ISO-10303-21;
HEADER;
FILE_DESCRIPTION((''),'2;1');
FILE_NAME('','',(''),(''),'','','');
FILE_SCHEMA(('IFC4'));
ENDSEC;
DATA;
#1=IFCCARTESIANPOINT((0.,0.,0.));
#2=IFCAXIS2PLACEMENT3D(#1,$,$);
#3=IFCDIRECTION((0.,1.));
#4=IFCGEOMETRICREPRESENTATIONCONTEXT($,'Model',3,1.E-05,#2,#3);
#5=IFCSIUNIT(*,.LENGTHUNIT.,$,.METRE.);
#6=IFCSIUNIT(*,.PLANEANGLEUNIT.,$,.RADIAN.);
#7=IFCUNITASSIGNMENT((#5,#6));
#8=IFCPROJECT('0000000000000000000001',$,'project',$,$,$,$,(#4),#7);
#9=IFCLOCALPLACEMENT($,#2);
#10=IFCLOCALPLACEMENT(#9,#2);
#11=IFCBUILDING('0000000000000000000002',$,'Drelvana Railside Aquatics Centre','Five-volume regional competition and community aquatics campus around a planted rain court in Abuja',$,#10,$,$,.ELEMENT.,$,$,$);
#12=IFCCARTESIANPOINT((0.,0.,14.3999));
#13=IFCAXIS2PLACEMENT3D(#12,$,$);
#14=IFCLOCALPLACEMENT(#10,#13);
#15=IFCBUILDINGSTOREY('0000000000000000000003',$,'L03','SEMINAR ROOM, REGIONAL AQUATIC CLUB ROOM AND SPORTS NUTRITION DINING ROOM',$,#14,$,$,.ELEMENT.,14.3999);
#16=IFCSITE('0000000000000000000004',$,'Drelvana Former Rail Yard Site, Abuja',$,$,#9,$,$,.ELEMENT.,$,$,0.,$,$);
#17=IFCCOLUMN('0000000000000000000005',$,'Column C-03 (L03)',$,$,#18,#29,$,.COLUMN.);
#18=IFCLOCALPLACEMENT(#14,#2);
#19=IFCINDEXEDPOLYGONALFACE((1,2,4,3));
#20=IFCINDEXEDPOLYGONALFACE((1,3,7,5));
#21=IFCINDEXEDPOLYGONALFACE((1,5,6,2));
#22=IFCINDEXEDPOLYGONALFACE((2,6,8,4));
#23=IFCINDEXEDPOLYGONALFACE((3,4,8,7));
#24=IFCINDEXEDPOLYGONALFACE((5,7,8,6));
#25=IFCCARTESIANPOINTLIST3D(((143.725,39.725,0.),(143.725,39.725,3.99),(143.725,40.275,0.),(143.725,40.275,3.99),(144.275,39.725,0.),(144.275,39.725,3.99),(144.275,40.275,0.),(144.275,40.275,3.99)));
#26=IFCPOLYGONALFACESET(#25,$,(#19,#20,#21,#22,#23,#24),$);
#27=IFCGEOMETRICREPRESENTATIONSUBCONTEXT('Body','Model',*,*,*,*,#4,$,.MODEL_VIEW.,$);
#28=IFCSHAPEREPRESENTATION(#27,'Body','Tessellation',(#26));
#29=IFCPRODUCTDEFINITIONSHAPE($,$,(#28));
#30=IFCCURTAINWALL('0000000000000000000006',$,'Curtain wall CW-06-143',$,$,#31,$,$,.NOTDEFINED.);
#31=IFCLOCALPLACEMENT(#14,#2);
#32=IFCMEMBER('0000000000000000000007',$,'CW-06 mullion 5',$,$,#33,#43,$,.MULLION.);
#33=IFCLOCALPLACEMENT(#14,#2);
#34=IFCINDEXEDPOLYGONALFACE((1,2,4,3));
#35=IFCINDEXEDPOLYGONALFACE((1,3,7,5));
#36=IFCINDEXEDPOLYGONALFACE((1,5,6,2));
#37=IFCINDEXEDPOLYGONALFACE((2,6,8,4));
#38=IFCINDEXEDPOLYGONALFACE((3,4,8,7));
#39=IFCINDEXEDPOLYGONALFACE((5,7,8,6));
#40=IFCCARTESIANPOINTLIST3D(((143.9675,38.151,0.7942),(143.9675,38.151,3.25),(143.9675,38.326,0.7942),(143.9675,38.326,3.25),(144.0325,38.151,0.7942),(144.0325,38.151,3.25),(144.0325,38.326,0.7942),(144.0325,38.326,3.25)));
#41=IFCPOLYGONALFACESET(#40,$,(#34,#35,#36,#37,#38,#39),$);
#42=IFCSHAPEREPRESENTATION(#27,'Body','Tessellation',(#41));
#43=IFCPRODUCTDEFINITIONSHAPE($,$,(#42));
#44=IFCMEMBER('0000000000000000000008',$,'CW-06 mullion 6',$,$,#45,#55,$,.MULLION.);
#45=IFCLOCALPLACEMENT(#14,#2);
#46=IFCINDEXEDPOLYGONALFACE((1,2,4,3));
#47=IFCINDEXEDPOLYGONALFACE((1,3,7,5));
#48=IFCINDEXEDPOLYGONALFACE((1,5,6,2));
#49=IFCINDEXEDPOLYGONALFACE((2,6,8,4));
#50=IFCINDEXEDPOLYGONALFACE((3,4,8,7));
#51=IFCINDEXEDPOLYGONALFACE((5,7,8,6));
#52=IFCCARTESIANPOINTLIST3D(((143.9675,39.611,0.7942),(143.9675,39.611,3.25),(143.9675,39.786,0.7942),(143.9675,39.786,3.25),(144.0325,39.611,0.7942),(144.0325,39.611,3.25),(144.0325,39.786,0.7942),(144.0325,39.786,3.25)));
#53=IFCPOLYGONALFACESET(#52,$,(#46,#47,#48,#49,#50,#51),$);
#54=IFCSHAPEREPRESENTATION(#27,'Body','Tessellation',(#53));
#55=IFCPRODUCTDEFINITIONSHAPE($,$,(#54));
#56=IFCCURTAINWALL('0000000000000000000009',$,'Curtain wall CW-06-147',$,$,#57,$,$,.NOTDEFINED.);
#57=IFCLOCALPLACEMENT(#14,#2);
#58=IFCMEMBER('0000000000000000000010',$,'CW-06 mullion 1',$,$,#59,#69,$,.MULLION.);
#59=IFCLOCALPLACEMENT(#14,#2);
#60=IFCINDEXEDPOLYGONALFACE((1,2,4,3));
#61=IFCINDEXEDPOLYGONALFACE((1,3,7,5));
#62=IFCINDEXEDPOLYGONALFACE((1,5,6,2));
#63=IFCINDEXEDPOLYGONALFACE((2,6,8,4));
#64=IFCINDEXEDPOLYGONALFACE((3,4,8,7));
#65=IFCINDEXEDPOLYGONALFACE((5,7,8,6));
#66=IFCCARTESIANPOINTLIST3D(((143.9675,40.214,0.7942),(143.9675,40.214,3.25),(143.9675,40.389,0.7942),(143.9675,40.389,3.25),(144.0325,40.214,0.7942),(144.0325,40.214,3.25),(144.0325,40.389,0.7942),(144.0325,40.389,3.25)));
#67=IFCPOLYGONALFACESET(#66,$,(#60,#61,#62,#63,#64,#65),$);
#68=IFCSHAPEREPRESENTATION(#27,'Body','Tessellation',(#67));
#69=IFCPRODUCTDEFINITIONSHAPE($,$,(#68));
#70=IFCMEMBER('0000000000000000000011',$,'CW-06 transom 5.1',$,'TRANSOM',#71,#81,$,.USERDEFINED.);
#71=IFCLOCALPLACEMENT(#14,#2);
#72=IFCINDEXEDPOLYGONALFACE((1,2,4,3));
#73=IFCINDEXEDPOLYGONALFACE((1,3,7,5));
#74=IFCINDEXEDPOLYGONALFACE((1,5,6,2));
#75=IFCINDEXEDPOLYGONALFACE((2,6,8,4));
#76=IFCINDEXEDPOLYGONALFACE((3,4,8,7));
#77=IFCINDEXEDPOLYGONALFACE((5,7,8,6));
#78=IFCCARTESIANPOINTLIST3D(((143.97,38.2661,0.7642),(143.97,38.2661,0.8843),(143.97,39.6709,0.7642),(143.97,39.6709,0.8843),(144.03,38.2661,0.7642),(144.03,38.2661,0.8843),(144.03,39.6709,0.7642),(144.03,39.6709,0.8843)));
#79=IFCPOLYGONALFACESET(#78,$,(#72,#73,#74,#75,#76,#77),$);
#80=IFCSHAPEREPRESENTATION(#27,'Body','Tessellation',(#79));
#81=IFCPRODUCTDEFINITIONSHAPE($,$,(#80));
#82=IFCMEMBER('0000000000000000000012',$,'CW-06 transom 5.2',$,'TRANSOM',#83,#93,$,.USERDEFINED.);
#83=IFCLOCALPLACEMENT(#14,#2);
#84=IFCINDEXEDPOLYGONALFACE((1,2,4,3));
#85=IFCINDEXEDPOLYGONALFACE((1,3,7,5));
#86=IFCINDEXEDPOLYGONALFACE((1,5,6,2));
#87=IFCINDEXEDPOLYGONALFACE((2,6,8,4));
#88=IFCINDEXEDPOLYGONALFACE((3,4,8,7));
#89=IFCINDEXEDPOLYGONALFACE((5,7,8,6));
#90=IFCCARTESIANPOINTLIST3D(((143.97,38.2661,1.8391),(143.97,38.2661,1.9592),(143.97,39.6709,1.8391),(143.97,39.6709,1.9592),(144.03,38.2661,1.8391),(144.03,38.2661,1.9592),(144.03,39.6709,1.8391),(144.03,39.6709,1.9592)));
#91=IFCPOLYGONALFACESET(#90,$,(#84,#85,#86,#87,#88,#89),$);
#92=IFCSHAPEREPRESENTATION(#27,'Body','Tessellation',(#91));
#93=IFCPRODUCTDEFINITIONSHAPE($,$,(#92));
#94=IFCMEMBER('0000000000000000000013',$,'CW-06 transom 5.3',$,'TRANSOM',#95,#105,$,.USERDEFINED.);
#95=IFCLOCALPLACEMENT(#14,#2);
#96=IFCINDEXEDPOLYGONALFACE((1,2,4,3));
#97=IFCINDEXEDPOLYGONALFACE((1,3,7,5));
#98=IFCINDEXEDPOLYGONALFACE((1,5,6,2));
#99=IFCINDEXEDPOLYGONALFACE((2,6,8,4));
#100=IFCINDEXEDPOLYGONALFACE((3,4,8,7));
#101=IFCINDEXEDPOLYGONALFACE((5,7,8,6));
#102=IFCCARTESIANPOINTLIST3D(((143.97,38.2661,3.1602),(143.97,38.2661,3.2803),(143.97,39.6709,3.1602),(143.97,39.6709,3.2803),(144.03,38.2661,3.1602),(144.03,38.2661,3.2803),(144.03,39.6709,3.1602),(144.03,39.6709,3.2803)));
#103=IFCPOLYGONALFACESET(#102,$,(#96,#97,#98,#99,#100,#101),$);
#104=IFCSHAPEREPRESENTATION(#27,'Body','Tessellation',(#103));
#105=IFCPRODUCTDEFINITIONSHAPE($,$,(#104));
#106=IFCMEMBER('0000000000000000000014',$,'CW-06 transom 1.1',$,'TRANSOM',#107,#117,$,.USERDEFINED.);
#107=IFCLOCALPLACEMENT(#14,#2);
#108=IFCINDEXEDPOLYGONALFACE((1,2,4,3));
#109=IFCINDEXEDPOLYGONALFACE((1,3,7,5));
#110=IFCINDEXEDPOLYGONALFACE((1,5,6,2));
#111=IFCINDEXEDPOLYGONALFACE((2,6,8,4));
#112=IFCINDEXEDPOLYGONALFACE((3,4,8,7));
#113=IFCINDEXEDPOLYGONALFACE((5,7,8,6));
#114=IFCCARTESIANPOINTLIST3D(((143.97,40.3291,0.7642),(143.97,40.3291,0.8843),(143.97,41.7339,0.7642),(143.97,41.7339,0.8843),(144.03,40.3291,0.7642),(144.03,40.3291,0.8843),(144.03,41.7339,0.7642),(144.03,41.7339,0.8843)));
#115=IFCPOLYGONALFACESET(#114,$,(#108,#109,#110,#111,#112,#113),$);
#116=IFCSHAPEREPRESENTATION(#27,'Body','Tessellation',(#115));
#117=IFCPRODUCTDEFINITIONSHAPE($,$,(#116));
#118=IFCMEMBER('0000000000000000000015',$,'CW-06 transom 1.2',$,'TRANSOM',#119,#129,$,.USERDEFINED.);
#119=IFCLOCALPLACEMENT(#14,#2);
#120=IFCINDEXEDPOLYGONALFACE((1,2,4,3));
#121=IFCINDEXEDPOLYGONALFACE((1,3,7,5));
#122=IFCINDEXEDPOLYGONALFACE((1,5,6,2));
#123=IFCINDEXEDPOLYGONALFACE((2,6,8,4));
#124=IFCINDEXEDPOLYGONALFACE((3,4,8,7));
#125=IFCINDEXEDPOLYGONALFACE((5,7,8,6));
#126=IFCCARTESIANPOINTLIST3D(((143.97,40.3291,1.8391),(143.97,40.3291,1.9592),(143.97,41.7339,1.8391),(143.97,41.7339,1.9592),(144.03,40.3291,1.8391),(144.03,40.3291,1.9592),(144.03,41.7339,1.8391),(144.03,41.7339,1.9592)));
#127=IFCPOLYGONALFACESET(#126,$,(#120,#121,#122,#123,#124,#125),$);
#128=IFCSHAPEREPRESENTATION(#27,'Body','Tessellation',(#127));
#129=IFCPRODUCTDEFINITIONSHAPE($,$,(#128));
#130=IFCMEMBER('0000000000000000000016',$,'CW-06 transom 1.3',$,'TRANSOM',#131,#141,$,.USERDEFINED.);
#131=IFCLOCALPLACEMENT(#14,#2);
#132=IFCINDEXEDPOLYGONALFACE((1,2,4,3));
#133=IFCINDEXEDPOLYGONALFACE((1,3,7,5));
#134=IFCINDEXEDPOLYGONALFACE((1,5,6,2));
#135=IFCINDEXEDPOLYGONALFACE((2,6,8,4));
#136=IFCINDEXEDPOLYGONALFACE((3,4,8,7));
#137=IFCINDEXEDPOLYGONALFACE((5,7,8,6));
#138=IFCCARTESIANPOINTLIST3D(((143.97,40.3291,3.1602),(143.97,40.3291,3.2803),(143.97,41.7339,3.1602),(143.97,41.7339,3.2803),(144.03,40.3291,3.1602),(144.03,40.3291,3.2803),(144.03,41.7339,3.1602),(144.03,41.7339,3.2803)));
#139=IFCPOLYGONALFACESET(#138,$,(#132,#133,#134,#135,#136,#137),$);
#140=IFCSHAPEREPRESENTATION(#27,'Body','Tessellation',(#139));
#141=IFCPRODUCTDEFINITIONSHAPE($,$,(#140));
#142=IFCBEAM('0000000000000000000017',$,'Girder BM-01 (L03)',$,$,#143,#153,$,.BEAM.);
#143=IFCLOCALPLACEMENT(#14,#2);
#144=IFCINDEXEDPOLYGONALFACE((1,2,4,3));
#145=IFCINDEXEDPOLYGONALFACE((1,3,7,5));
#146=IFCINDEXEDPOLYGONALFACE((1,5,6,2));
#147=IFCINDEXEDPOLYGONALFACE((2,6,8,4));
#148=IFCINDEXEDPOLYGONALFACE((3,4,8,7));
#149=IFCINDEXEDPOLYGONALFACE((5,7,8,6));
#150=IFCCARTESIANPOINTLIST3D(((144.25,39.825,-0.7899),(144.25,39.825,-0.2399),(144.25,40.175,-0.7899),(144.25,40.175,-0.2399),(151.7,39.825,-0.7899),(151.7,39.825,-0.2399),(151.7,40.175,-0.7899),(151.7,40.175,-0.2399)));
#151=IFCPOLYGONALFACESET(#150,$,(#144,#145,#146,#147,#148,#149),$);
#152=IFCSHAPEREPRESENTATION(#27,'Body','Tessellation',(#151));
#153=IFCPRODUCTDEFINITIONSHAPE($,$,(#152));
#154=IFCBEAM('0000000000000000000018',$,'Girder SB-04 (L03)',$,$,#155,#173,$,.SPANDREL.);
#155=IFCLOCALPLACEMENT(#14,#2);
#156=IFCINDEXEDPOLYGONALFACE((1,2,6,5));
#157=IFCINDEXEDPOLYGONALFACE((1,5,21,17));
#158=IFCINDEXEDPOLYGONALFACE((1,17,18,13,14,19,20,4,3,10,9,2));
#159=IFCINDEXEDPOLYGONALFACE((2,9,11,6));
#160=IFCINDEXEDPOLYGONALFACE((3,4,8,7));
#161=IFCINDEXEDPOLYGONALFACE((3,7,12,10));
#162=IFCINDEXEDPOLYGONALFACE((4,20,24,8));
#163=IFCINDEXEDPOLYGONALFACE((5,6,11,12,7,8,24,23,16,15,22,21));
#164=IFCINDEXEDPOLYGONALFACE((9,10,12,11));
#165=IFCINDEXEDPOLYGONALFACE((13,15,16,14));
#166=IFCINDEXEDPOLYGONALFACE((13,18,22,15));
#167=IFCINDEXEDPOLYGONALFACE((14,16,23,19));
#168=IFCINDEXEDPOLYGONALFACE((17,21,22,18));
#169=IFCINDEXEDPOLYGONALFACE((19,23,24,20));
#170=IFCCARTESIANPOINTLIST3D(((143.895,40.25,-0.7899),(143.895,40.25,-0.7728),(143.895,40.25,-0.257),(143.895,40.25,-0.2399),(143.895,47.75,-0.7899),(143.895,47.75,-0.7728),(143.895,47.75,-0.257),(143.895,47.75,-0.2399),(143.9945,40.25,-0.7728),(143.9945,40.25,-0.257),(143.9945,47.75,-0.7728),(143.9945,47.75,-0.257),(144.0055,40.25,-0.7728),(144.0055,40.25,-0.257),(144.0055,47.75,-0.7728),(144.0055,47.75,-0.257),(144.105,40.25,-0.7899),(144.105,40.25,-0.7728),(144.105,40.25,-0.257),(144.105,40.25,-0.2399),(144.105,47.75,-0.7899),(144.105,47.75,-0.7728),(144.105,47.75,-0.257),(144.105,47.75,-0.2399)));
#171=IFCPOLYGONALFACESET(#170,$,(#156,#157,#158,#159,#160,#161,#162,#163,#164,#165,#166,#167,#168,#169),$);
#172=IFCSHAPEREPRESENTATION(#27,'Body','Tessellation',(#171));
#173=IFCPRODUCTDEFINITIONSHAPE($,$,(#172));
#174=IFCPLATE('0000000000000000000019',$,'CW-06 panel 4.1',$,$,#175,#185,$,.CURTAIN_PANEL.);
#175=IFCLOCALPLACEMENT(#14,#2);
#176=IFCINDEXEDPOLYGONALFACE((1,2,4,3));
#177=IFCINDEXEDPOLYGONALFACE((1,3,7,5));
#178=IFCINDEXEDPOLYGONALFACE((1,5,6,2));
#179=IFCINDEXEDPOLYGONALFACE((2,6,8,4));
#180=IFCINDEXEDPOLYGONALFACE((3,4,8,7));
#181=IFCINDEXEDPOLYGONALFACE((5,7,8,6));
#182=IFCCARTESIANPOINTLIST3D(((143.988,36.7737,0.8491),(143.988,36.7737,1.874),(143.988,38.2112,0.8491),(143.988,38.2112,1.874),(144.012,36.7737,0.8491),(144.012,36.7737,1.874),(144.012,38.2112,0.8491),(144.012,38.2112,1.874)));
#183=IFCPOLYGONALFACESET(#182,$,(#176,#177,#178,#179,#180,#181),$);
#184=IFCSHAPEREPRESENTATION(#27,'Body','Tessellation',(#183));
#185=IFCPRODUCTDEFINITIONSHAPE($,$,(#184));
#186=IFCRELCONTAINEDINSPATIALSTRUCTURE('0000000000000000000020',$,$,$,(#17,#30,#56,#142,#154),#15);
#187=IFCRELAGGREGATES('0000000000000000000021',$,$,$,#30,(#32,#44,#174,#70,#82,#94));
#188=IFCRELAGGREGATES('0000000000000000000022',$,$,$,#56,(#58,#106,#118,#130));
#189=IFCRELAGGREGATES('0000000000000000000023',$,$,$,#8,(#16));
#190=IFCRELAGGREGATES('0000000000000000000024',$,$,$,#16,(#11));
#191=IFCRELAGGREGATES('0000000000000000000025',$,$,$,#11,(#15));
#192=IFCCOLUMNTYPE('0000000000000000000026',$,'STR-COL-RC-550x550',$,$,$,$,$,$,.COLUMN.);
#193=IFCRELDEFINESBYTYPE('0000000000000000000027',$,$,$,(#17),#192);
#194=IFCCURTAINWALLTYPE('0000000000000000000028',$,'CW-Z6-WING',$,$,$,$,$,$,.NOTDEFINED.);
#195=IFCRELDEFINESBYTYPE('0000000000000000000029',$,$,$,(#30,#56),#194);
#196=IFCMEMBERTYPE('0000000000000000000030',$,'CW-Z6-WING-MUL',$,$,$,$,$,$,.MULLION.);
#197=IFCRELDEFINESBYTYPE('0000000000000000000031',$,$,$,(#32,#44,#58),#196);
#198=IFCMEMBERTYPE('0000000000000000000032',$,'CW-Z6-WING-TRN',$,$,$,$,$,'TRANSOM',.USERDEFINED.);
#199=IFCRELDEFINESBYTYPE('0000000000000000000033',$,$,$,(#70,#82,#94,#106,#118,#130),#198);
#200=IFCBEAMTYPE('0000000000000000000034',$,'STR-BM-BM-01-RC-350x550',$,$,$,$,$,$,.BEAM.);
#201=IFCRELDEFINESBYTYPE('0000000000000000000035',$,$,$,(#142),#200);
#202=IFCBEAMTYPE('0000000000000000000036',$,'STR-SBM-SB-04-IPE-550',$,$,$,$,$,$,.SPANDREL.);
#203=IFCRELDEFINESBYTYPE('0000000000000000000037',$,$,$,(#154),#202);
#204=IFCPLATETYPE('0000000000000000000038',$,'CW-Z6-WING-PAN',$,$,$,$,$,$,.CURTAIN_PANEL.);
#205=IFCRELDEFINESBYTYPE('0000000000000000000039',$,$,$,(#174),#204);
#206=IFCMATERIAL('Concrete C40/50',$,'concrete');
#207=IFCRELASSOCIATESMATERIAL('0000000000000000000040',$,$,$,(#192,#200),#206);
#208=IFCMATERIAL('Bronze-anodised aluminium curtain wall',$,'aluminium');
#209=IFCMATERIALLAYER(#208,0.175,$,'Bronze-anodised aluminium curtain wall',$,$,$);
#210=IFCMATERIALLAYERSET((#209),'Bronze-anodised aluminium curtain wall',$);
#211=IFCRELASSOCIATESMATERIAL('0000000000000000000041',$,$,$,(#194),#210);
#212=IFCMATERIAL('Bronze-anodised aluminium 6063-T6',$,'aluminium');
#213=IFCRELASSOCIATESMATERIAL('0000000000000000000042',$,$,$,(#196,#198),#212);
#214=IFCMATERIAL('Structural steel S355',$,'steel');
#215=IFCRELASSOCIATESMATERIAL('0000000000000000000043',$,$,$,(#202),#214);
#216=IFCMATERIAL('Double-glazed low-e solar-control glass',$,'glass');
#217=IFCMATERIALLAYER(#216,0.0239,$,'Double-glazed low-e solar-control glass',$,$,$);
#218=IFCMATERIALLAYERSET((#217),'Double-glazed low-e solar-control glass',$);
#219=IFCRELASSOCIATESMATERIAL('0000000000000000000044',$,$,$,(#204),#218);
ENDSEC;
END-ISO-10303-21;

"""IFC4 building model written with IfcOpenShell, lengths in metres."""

from ifc_helpers import new_model, si_unit, direction, frame, origin, origin_2d, place, context, subcontext, project, spatial, rectangle, i_section, extrude, material, layer, layer_set, material_profile, profile_set, type_object, element, aggregate, save


model = new_model("IFC4")

# Units and contexts
model_context = context("Model", 3, precision=1e-05, world=origin(), true_north=direction((0.0, 1.0)))
body_context = subcontext(model_context, "Body", "Model", "MODEL_VIEW")
ifc_project = project(units=[si_unit("LENGTHUNIT", "METRE"), si_unit("PLANEANGLEUNIT", "RADIAN")], contexts=[model_context])

# Site, building, storey
site_placement = place(None, origin())
site = spatial("IfcSite", under=ifc_project, at=site_placement, Name="Drelvana Former Rail Yard Site, Abuja", CompositionType="ELEMENT", RefElevation=0.0)
building_placement = place(site_placement, origin())
building = spatial("IfcBuilding", under=site, at=building_placement, Name="Drelvana Railside Aquatics Centre", Description="Five-volume regional competition and community aquatics campus around a planted rain court in Abuja", CompositionType="ELEMENT")
storey_placement = place(building_placement, frame((0.0, 0.0, 14.3999)))
storey = spatial("IfcBuildingStorey", under=building, at=storey_placement, Name="L03", Description="SEMINAR ROOM, REGIONAL AQUATIC CLUB ROOM AND SPORTS NUTRITION DINING ROOM", CompositionType="ELEMENT", Elevation=14.3999)

# Column
ifc_material_1 = material(Name="Concrete C40/50", Category="concrete")
ifc_material_profile_1 = material_profile(ifc_material_1, rectangle(XDim=0.55, YDim=0.55, at=origin_2d()), Name="RC 550x550")
ifc_profile_set_1 = profile_set([ifc_material_profile_1], Name="Concrete C40/50")
column_type = type_object("IfcColumnType", Name="STR-COL-RC-550x550", PredefinedType="COLUMN", material=ifc_profile_set_1)
column_placement = place(storey_placement, frame((144.0, 40.0, 0.0), z_axis=(0.0, 0.0, 1.0), x_axis=(1.0, 0.0, 0.0)))
element("IfcColumn", 1, at=column_placement, inside=storey, type_object=column_type, Name="Column C-03 (L03)", PredefinedType="COLUMN", context=body_context, shape_type="SweptSolid", body=[
    extrude(rectangle(XDim=0.55, YDim=0.55, at=origin_2d()), origin(), (0.0, 0.0, 1.0), 3.99),
])

# Curtain wall, members
ifc_material_2 = material(Name="Bronze-anodised aluminium curtain wall", Category="aluminium")
ifc_layer_1 = layer(ifc_material_2, 0.175, Name="Bronze-anodised aluminium curtain wall")
ifc_layer_set_1 = layer_set([ifc_layer_1], Name="Bronze-anodised aluminium curtain wall")
curtain_wall_type = type_object("IfcCurtainWallType", Name="CW-Z6-WING", PredefinedType="NOTDEFINED", material=ifc_layer_set_1)
curtain_wall_1_placement = place(storey_placement, origin())
curtain_wall_1 = element("IfcCurtainWall", 2, at=curtain_wall_1_placement, inside=storey, type_object=curtain_wall_type, Name="Curtain wall CW-06-143", PredefinedType="NOTDEFINED")
ifc_material_3 = material(Name="Bronze-anodised aluminium 6063-T6", Category="aluminium")
ifc_material_profile_2 = material_profile(ifc_material_3, rectangle(XDim=0.0649, YDim=0.175, at=origin_2d()), Name="ALU-M 65x175")
ifc_profile_set_2 = profile_set([ifc_material_profile_2], Name="Bronze-anodised aluminium 6063-T6")
member_type_1 = type_object("IfcMemberType", Name="CW-Z6-WING-MUL", PredefinedType="MULLION", material=ifc_profile_set_2)
member_1_placement = place(storey_placement, frame((144.0, 38.2385, 0.7942), z_axis=(0.0, 0.0, 1.0), x_axis=(-1.0, 0.0, 0.0)))
member_1 = element("IfcMember", 3, at=member_1_placement, type_object=member_type_1, Name="CW-06 mullion 5", PredefinedType="MULLION", context=body_context, shape_type="SweptSolid", body=[
    extrude(rectangle(XDim=0.0649, YDim=0.175, at=origin_2d()), origin(), (0.0, 0.0, 1.0), 2.4558),
])
member_2_placement = place(storey_placement, frame((144.0, 39.6985, 0.7942), z_axis=(0.0, 0.0, 1.0), x_axis=(-1.0, 0.0, 0.0)))
member_2 = element("IfcMember", 4, at=member_2_placement, type_object=member_type_1, Name="CW-06 mullion 6", PredefinedType="MULLION", context=body_context, shape_type="SweptSolid", body=[
    extrude(rectangle(XDim=0.0649, YDim=0.175, at=origin_2d()), origin(), (0.0, 0.0, 1.0), 2.4558),
])

# Curtain wall, member
curtain_wall_2_placement = place(storey_placement, origin())
curtain_wall_2 = element("IfcCurtainWall", 5, at=curtain_wall_2_placement, inside=storey, type_object=curtain_wall_type, Name="Curtain wall CW-06-147", PredefinedType="NOTDEFINED")
member_3_placement = place(storey_placement, frame((144.0, 40.3015, 0.7942), z_axis=(0.0, 0.0, 1.0), x_axis=(-1.0, 0.0, 0.0)))
member_3 = element("IfcMember", 6, at=member_3_placement, type_object=member_type_1, Name="CW-06 mullion 1", PredefinedType="MULLION", context=body_context, shape_type="SweptSolid", body=[
    extrude(rectangle(XDim=0.0649, YDim=0.175, at=origin_2d()), origin(), (0.0, 0.0, 1.0), 2.4558),
])

# Members
ifc_material_profile_3 = material_profile(ifc_material_3, rectangle(XDim=0.1201, YDim=0.0601, at=origin_2d()), Name="ALU-T 60x120")
ifc_profile_set_3 = profile_set([ifc_material_profile_3], Name="Bronze-anodised aluminium 6063-T6")
member_type_2 = type_object("IfcMemberType", Name="CW-Z6-WING-TRN", ElementType="TRANSOM", PredefinedType="USERDEFINED", material=ifc_profile_set_3)
member_4_placement = place(storey_placement, frame((144.0, 38.2661, 0.8242), z_axis=(0.0, 1.0, 0.0), x_axis=(0.0, 0.0, 1.0)))
member_4 = element("IfcMember", 7, at=member_4_placement, type_object=member_type_2, Name="CW-06 transom 5.1", ObjectType="TRANSOM", PredefinedType="USERDEFINED", context=body_context, shape_type="SweptSolid", body=[
    extrude(rectangle(XDim=0.1201, YDim=0.0601, at=origin_2d()), origin(), (0.0, 0.0, 1.0), 1.4048),
])
member_5_placement = place(storey_placement, frame((144.0, 38.2661, 1.8992), z_axis=(0.0, 1.0, 0.0), x_axis=(0.0, 0.0, 1.0)))
member_5 = element("IfcMember", 8, at=member_5_placement, type_object=member_type_2, Name="CW-06 transom 5.2", ObjectType="TRANSOM", PredefinedType="USERDEFINED", context=body_context, shape_type="SweptSolid", body=[
    extrude(rectangle(XDim=0.1201, YDim=0.0601, at=origin_2d()), origin(), (0.0, 0.0, 1.0), 1.4048),
])
member_6_placement = place(storey_placement, frame((144.0, 38.2661, 3.2202), z_axis=(0.0, 1.0, 0.0), x_axis=(0.0, 0.0, 1.0)))
member_6 = element("IfcMember", 9, at=member_6_placement, type_object=member_type_2, Name="CW-06 transom 5.3", ObjectType="TRANSOM", PredefinedType="USERDEFINED", context=body_context, shape_type="SweptSolid", body=[
    extrude(rectangle(XDim=0.1201, YDim=0.0601, at=origin_2d()), origin(), (0.0, 0.0, 1.0), 1.4048),
])
member_7_placement = place(storey_placement, frame((144.0, 40.3291, 0.8242), z_axis=(0.0, 1.0, 0.0), x_axis=(0.0, 0.0, 1.0)))
member_7 = element("IfcMember", 10, at=member_7_placement, type_object=member_type_2, Name="CW-06 transom 1.1", ObjectType="TRANSOM", PredefinedType="USERDEFINED", context=body_context, shape_type="SweptSolid", body=[
    extrude(rectangle(XDim=0.1201, YDim=0.0601, at=origin_2d()), origin(), (0.0, 0.0, 1.0), 1.4048),
])
member_8_placement = place(storey_placement, frame((144.0, 40.3291, 1.8992), z_axis=(0.0, 1.0, 0.0), x_axis=(0.0, 0.0, 1.0)))
member_8 = element("IfcMember", 11, at=member_8_placement, type_object=member_type_2, Name="CW-06 transom 1.2", ObjectType="TRANSOM", PredefinedType="USERDEFINED", context=body_context, shape_type="SweptSolid", body=[
    extrude(rectangle(XDim=0.1201, YDim=0.0601, at=origin_2d()), origin(), (0.0, 0.0, 1.0), 1.4048),
])
member_9_placement = place(storey_placement, frame((144.0, 40.3291, 3.2202), z_axis=(0.0, 1.0, 0.0), x_axis=(0.0, 0.0, 1.0)))
member_9 = element("IfcMember", 12, at=member_9_placement, type_object=member_type_2, Name="CW-06 transom 1.3", ObjectType="TRANSOM", PredefinedType="USERDEFINED", context=body_context, shape_type="SweptSolid", body=[
    extrude(rectangle(XDim=0.1201, YDim=0.0601, at=origin_2d()), origin(), (0.0, 0.0, 1.0), 1.4048),
])

# Beams
ifc_material_profile_4 = material_profile(ifc_material_1, rectangle(XDim=0.3501, YDim=0.55, at=origin_2d()), Name="RC 350x550")
ifc_profile_set_4 = profile_set([ifc_material_profile_4], Name="Concrete C40/50")
beam_type_1 = type_object("IfcBeamType", Name="STR-BM-BM-01-RC-350x550", PredefinedType="BEAM", material=ifc_profile_set_4)
beam_1_placement = place(storey_placement, frame((144.25, 40.0, -0.5149), z_axis=(1.0, 0.0, 0.0), x_axis=(0.0, 1.0, 0.0)))
element("IfcBeam", 13, at=beam_1_placement, inside=storey, type_object=beam_type_1, Name="Girder BM-01 (L03)", PredefinedType="BEAM", context=body_context, shape_type="SweptSolid", body=[
    extrude(rectangle(XDim=0.3501, YDim=0.55, at=origin_2d()), origin(), (0.0, 0.0, 1.0), 7.45),
])
ifc_material_4 = material(Name="Structural steel S355", Category="steel")
ifc_material_profile_5 = material_profile(ifc_material_4, i_section(OverallWidth=0.21, OverallDepth=0.55, WebThickness=0.011, FlangeThickness=0.0171, at=origin_2d()), Name="IPE 550")
ifc_profile_set_5 = profile_set([ifc_material_profile_5], Name="Structural steel S355")
beam_type_2 = type_object("IfcBeamType", Name="STR-SBM-SB-04-IPE-550", PredefinedType="SPANDREL", material=ifc_profile_set_5)
beam_2_placement = place(storey_placement, frame((144.0, 40.25, -0.5149), z_axis=(0.0, 1.0, 0.0), x_axis=(-1.0, 0.0, 0.0)))
element("IfcBeam", 14, at=beam_2_placement, inside=storey, type_object=beam_type_2, Name="Girder SB-04 (L03)", PredefinedType="SPANDREL", context=body_context, shape_type="SweptSolid", body=[
    extrude(i_section(OverallWidth=0.21, OverallDepth=0.55, WebThickness=0.011, FlangeThickness=0.0171, at=origin_2d()), origin(), (0.0, 0.0, 1.0), 7.5),
])

# Plate
ifc_material_5 = material(Name="Double-glazed low-e solar-control glass", Category="glass")
ifc_layer_2 = layer(ifc_material_5, 0.0239, Name="Double-glazed low-e solar-control glass")
ifc_layer_set_2 = layer_set([ifc_layer_2], Name="Double-glazed low-e solar-control glass")
plate_type = type_object("IfcPlateType", Name="CW-Z6-WING-PAN", PredefinedType="CURTAIN_PANEL", material=ifc_layer_set_2)
plate_1_placement = place(storey_placement, frame((144.0, 37.4924, 0.8491), z_axis=(0.0, 0.0, 1.0), x_axis=(0.0, 1.0, 0.0)))
plate_1 = element("IfcPlate", 15, at=plate_1_placement, type_object=plate_type, Name="CW-06 panel 4.1", PredefinedType="CURTAIN_PANEL", context=body_context, shape_type="SweptSolid", body=[
    extrude(rectangle(XDim=1.4375, YDim=0.0239, at=origin_2d()), origin(), (0.0, 0.0, 1.0), 1.0249),
])
aggregate(curtain_wall_1, [member_1, member_2, plate_1, member_4, member_5, member_6])
aggregate(curtain_wall_2, [member_3, member_7, member_8, member_9])

save(model, "model.ifc")
